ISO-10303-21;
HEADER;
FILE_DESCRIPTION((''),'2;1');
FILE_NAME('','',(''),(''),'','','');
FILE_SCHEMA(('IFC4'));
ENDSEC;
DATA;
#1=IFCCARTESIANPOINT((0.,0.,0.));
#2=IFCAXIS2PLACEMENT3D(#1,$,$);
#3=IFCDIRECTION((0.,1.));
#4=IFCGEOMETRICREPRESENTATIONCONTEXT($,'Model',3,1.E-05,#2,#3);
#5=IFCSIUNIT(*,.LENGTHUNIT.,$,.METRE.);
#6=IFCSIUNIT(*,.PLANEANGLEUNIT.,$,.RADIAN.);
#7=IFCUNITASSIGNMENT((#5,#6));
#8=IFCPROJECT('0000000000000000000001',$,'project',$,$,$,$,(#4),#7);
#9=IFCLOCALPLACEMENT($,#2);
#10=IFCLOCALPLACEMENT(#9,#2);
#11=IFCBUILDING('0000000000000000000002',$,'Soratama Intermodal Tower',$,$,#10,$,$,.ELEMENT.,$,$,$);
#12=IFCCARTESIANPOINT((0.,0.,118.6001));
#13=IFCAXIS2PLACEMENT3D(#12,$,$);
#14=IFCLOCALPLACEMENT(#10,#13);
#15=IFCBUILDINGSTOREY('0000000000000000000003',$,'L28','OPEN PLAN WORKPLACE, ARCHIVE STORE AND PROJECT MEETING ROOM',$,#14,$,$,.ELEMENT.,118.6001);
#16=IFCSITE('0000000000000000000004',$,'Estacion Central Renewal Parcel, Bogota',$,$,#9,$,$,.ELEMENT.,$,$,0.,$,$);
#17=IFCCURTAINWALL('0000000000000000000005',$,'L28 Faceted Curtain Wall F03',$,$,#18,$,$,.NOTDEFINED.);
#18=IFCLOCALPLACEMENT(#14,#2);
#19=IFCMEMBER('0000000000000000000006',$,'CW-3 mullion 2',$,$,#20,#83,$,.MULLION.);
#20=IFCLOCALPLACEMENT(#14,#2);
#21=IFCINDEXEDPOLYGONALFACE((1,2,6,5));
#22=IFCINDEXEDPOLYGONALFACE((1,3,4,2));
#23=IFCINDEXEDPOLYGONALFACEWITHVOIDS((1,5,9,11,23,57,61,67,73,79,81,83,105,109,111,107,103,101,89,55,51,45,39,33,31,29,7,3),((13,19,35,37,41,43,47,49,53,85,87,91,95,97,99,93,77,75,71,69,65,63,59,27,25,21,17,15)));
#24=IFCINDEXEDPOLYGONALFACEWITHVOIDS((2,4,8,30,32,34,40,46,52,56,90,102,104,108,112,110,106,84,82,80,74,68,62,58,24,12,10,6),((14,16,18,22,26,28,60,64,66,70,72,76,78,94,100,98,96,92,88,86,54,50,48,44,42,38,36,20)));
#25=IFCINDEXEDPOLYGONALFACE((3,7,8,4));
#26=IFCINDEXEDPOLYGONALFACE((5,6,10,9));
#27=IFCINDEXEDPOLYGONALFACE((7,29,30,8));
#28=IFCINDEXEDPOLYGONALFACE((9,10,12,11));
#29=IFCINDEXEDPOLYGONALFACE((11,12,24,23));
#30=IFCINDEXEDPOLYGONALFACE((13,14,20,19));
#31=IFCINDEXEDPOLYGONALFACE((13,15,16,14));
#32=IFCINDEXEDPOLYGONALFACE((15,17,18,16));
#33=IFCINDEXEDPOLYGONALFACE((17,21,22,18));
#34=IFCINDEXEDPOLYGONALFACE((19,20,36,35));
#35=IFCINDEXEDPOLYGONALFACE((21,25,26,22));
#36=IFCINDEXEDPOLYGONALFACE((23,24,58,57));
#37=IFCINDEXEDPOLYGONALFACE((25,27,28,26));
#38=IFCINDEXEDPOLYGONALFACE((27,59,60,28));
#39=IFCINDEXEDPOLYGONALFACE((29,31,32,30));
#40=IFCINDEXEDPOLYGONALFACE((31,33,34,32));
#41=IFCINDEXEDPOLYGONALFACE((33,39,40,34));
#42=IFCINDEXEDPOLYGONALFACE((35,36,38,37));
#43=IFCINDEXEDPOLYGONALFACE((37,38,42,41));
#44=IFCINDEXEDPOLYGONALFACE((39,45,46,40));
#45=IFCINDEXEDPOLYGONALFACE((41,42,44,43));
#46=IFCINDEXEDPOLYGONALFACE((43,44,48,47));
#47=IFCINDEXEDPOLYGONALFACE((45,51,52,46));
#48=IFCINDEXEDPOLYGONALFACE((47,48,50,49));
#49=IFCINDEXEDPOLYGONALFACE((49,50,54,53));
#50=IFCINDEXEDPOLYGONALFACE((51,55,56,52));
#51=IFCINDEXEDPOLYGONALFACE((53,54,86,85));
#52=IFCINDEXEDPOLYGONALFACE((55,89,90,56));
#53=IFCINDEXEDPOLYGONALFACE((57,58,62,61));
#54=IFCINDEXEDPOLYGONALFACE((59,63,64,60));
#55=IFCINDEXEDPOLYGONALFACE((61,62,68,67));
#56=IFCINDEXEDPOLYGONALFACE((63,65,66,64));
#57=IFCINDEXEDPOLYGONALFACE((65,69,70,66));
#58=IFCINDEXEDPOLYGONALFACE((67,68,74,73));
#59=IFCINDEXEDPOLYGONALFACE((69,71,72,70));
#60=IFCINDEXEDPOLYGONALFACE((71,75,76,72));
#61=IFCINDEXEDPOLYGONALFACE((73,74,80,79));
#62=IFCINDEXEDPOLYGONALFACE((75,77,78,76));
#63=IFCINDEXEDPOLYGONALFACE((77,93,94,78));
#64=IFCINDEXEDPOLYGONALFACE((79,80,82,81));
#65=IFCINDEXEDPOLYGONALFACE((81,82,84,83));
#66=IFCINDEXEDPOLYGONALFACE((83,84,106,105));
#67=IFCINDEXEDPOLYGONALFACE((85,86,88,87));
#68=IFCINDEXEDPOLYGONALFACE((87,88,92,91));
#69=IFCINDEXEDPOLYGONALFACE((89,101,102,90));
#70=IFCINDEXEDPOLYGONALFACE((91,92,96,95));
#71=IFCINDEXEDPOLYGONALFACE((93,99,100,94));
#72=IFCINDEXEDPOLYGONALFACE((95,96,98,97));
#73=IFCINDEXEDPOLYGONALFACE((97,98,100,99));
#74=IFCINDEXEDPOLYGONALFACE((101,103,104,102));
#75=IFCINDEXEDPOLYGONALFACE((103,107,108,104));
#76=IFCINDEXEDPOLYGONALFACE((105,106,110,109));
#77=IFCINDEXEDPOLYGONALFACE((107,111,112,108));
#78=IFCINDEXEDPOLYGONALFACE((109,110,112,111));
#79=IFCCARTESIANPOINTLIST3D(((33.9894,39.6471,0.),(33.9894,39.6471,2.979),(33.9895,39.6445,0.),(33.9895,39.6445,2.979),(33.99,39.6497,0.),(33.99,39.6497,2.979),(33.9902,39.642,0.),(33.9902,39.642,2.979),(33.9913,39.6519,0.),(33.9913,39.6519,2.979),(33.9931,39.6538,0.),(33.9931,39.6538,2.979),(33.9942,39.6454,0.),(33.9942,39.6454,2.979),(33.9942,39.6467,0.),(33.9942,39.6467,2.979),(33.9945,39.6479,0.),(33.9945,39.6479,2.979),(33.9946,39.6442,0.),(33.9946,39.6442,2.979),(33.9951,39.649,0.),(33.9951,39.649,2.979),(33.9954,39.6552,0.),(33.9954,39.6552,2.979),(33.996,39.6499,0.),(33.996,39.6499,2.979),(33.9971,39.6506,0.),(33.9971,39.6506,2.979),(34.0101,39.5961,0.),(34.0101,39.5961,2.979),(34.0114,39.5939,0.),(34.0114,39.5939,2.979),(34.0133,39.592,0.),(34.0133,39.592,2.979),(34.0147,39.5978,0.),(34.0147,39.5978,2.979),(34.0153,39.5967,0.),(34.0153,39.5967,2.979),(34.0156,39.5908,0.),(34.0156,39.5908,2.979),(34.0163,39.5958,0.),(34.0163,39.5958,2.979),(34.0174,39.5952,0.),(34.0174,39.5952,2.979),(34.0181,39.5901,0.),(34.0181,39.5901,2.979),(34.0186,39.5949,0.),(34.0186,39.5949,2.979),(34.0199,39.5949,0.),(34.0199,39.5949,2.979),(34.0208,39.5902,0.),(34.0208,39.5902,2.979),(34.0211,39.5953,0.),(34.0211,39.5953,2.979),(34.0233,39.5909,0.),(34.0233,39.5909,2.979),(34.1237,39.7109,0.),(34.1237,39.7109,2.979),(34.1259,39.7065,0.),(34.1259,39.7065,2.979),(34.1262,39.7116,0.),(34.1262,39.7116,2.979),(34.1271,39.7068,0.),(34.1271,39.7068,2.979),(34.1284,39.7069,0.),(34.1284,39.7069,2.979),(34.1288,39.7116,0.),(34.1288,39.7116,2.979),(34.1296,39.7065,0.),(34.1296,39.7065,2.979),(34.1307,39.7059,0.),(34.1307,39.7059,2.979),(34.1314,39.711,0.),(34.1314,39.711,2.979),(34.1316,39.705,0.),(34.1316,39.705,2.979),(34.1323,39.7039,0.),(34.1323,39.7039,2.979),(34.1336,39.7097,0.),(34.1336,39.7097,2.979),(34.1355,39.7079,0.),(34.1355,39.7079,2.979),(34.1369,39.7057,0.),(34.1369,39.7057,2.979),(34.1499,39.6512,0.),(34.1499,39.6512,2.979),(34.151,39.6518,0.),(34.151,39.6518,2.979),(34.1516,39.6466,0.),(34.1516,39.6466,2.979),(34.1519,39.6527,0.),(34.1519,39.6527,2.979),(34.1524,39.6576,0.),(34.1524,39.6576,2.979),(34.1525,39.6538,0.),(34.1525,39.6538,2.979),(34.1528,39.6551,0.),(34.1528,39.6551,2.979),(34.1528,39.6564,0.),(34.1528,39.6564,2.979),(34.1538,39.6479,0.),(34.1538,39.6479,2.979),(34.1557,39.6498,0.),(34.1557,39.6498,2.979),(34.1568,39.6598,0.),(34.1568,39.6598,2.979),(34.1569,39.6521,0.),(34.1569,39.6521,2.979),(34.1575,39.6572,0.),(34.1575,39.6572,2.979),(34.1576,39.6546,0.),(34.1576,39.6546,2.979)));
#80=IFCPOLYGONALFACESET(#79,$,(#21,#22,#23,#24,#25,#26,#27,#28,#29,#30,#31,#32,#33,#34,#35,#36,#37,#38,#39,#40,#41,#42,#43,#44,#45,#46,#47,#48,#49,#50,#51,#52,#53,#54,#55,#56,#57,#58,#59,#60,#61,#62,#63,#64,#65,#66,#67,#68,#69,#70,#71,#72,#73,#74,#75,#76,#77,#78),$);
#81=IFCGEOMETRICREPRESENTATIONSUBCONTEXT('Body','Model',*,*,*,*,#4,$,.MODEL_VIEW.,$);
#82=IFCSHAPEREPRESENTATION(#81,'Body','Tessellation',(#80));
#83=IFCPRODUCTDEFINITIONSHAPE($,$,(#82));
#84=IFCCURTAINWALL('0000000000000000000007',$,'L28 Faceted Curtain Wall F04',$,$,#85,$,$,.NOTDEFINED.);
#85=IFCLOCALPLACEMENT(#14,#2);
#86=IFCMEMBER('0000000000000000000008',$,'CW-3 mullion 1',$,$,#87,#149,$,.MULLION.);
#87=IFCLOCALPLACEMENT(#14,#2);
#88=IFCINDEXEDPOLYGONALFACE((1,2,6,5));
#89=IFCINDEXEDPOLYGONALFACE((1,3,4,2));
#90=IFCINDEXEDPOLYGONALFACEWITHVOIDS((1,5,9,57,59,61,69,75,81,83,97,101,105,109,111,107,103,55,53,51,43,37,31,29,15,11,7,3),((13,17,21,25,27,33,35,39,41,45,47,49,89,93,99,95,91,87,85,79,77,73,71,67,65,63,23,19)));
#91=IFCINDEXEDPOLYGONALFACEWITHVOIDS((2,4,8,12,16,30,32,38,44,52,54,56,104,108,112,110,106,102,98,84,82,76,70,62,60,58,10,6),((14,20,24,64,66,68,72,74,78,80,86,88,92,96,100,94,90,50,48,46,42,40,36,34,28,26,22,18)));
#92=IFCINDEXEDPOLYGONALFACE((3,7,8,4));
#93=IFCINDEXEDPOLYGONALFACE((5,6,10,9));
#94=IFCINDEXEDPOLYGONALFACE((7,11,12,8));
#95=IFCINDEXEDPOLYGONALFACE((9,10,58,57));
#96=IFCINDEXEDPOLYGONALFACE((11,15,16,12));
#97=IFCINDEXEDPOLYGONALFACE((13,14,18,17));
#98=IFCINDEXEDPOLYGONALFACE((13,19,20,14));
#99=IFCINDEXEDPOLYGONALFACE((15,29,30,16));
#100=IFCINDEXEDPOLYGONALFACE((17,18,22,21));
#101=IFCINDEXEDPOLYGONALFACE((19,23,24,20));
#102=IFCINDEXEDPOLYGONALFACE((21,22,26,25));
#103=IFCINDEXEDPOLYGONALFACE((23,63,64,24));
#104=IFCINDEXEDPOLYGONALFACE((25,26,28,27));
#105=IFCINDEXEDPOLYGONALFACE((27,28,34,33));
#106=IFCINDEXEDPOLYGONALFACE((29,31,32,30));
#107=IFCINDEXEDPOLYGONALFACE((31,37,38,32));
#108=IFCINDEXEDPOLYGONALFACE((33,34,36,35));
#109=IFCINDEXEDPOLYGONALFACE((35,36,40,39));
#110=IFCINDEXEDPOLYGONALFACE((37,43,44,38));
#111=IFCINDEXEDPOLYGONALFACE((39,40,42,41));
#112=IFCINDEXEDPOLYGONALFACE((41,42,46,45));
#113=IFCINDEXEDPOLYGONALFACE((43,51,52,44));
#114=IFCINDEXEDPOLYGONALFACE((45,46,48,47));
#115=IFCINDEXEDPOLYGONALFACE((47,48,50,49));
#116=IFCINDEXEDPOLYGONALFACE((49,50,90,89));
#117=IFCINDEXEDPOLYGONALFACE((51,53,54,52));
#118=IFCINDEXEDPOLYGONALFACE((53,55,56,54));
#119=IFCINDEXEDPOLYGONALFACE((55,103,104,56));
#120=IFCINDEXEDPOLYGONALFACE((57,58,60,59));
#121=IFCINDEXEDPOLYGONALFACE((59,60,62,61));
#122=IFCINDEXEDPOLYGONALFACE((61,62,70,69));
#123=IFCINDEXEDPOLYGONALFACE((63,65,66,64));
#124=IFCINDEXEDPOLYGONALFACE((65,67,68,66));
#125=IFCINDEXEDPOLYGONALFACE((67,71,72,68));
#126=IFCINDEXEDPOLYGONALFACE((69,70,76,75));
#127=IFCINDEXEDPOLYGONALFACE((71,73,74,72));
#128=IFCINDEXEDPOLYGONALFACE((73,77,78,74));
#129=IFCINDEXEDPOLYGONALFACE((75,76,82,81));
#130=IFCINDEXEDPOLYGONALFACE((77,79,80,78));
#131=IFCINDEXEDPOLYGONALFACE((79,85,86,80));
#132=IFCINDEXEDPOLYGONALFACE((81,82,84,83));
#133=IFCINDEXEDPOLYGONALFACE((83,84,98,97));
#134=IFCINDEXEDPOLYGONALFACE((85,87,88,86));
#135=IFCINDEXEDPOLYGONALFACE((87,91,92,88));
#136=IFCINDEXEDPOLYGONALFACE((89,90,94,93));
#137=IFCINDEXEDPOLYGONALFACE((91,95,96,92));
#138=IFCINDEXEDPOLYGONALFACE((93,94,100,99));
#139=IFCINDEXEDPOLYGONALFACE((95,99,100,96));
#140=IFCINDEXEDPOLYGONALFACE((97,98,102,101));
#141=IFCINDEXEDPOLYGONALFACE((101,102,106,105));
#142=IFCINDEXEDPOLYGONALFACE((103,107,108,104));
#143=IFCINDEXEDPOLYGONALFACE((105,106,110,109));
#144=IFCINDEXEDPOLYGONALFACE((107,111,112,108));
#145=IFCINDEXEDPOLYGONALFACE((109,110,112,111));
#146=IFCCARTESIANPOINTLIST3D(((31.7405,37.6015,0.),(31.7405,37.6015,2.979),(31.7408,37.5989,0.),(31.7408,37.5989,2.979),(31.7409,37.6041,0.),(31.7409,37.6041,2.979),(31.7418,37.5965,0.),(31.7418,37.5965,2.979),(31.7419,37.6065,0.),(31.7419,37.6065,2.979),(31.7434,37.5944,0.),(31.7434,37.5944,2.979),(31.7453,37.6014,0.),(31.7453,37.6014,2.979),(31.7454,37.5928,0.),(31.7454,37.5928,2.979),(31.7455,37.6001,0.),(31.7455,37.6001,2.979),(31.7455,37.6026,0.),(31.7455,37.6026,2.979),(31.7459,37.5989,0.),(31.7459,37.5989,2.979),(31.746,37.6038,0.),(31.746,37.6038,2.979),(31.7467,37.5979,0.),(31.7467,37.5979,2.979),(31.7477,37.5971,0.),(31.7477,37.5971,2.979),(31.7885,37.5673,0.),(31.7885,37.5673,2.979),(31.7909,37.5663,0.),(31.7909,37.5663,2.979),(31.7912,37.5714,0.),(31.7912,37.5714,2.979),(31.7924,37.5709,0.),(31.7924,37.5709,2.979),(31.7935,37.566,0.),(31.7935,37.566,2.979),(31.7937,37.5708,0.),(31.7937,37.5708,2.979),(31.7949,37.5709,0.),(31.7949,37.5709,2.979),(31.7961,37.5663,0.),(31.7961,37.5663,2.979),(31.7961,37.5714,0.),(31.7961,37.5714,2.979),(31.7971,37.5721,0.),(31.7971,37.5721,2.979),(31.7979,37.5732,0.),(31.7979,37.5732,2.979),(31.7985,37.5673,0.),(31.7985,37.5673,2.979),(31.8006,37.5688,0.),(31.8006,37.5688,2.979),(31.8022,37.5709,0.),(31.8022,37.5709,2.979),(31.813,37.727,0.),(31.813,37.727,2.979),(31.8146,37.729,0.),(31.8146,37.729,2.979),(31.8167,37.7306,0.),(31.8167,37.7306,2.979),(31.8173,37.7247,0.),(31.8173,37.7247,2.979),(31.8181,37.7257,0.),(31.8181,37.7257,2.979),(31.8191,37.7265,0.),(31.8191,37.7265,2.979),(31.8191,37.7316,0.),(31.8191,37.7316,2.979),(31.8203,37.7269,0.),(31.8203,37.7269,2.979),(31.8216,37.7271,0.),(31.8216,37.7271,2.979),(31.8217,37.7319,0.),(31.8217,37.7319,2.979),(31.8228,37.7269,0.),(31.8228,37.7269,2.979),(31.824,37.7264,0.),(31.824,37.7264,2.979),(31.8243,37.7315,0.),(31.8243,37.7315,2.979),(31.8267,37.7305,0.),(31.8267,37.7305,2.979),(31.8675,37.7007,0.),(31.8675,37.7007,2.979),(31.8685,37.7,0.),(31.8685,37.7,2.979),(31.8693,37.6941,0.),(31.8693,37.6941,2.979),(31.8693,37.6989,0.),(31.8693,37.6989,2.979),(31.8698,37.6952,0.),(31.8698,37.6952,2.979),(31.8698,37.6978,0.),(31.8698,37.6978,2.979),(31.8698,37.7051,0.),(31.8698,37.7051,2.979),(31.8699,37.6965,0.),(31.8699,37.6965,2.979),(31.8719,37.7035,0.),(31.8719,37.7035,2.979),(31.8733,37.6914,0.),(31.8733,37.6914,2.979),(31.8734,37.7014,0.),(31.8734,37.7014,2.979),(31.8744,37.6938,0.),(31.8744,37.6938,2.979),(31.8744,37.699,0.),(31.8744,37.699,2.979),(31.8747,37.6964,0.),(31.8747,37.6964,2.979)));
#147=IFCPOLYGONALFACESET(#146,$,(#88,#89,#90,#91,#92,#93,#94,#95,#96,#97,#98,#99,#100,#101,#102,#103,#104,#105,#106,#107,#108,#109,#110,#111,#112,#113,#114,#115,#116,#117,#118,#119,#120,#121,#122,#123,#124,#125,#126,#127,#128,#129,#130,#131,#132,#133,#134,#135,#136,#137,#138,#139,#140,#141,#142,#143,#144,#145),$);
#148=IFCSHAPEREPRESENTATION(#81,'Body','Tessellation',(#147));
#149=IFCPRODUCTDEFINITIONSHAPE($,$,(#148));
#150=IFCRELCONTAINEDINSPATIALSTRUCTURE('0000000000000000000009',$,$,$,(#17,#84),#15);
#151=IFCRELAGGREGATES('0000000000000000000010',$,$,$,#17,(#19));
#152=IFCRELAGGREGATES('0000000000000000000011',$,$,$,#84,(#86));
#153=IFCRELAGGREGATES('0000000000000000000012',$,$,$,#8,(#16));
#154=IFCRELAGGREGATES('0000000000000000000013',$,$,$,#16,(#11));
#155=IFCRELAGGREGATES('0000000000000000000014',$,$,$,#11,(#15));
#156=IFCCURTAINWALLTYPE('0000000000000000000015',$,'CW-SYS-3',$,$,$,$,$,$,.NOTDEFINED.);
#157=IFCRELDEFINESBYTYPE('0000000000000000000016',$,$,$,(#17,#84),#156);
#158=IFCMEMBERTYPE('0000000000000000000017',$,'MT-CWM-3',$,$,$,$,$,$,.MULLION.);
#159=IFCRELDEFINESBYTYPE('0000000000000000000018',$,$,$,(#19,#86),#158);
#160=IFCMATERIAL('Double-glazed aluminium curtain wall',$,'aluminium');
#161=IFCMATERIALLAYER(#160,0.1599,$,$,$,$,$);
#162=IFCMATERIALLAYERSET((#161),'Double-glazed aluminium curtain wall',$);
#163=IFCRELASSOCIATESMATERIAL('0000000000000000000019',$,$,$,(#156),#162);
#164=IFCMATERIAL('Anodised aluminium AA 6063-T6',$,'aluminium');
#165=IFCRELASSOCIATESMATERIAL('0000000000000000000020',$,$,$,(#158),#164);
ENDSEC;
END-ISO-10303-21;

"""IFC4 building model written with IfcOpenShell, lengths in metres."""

from ifc_helpers import new_model, si_unit, direction, frame, origin, origin_2d, place, context, subcontext, project, spatial, hollow_rectangle, extrude, material, layer, layer_set, material_profile, profile_set, type_object, element, aggregate, save


model = new_model("IFC4")

# Units and contexts
model_context = context("Model", 3, precision=1e-05, world=origin(), true_north=direction((0.0, 1.0)))
body_context = subcontext(model_context, "Body", "Model", "MODEL_VIEW")
ifc_project = project(units=[si_unit("LENGTHUNIT", "METRE"), si_unit("PLANEANGLEUNIT", "RADIAN")], contexts=[model_context])

# Site, building, storey
site_placement = place(None, origin())
site = spatial("IfcSite", under=ifc_project, at=site_placement, Name="Estacion Central Renewal Parcel, Bogota", CompositionType="ELEMENT", RefElevation=0.0)
building_placement = place(site_placement, origin())
building = spatial("IfcBuilding", under=site, at=building_placement, Name="Soratama Intermodal Tower", CompositionType="ELEMENT")
storey_placement = place(building_placement, frame((0.0, 0.0, 118.6001)))
storey = spatial("IfcBuildingStorey", under=building, at=storey_placement, Name="L28", Description="OPEN PLAN WORKPLACE, ARCHIVE STORE AND PROJECT MEETING ROOM", CompositionType="ELEMENT", Elevation=118.6001)

# Curtain wall, member
ifc_material_1 = material(Name="Double-glazed aluminium curtain wall", Category="aluminium")
ifc_layer_1 = layer(ifc_material_1, 0.1599)
ifc_layer_set_1 = layer_set([ifc_layer_1], Name="Double-glazed aluminium curtain wall")
curtain_wall_type = type_object("IfcCurtainWallType", Name="CW-SYS-3", PredefinedType="NOTDEFINED", material=ifc_layer_set_1)
curtain_wall_1_placement = place(storey_placement, origin())
curtain_wall_1 = element("IfcCurtainWall", 1, at=curtain_wall_1_placement, inside=storey, type_object=curtain_wall_type, Name="L28 Faceted Curtain Wall F03", PredefinedType="NOTDEFINED")
ifc_material_2 = material(Name="Anodised aluminium AA 6063-T6", Category="aluminium")
ifc_material_profile_1 = material_profile(ifc_material_2, hollow_rectangle(XDim=0.0701, YDim=0.1599, WallThickness=0.0049, InnerFilletRadius=0.0049, OuterFilletRadius=0.01, at=origin_2d()), Name="CWM160X70X5")
ifc_profile_set_1 = profile_set([ifc_material_profile_1], Name="Anodised aluminium AA 6063-T6")
member_type_1 = type_object("IfcMemberType", Name="MT-CWM-3", PredefinedType="MULLION", material=ifc_profile_set_1)
member_1_placement = place(storey_placement, frame((34.0735, 39.6509, 0.0), z_axis=(0.0, 0.0, 1.0), x_axis=(0.398104, -0.91734, 0.0)))
member_1 = element("IfcMember", 2, at=member_1_placement, type_object=member_type_1, Name="CW-3 mullion 2", PredefinedType="MULLION", context=body_context, shape_type="SweptSolid", body=[
    extrude(hollow_rectangle(XDim=0.0701, YDim=0.1599, WallThickness=0.0049, InnerFilletRadius=0.0049, OuterFilletRadius=0.01, at=origin_2d()), origin(), (0.0, 0.0, 1.0), 2.979),
])
aggregate(curtain_wall_1, [member_1])

# Curtain wall, member
curtain_wall_2_placement = place(storey_placement, origin())
curtain_wall_2 = element("IfcCurtainWall", 3, at=curtain_wall_2_placement, inside=storey, type_object=curtain_wall_type, Name="L28 Faceted Curtain Wall F04", PredefinedType="NOTDEFINED")
member_2_placement = place(storey_placement, frame((31.8076, 37.6489, 0.0), z_axis=(0.0, 0.0, 1.0), x_axis=(0.86127, -0.508147, 0.0)))
member_2 = element("IfcMember", 4, at=member_2_placement, type_object=member_type_1, Name="CW-3 mullion 1", PredefinedType="MULLION", context=body_context, shape_type="SweptSolid", body=[
    extrude(hollow_rectangle(XDim=0.0701, YDim=0.1599, WallThickness=0.0049, InnerFilletRadius=0.0049, OuterFilletRadius=0.01, at=origin_2d()), origin(), (0.0, 0.0, 1.0), 2.979),
])
aggregate(curtain_wall_2, [member_2])

save(model, "model.ifc")
